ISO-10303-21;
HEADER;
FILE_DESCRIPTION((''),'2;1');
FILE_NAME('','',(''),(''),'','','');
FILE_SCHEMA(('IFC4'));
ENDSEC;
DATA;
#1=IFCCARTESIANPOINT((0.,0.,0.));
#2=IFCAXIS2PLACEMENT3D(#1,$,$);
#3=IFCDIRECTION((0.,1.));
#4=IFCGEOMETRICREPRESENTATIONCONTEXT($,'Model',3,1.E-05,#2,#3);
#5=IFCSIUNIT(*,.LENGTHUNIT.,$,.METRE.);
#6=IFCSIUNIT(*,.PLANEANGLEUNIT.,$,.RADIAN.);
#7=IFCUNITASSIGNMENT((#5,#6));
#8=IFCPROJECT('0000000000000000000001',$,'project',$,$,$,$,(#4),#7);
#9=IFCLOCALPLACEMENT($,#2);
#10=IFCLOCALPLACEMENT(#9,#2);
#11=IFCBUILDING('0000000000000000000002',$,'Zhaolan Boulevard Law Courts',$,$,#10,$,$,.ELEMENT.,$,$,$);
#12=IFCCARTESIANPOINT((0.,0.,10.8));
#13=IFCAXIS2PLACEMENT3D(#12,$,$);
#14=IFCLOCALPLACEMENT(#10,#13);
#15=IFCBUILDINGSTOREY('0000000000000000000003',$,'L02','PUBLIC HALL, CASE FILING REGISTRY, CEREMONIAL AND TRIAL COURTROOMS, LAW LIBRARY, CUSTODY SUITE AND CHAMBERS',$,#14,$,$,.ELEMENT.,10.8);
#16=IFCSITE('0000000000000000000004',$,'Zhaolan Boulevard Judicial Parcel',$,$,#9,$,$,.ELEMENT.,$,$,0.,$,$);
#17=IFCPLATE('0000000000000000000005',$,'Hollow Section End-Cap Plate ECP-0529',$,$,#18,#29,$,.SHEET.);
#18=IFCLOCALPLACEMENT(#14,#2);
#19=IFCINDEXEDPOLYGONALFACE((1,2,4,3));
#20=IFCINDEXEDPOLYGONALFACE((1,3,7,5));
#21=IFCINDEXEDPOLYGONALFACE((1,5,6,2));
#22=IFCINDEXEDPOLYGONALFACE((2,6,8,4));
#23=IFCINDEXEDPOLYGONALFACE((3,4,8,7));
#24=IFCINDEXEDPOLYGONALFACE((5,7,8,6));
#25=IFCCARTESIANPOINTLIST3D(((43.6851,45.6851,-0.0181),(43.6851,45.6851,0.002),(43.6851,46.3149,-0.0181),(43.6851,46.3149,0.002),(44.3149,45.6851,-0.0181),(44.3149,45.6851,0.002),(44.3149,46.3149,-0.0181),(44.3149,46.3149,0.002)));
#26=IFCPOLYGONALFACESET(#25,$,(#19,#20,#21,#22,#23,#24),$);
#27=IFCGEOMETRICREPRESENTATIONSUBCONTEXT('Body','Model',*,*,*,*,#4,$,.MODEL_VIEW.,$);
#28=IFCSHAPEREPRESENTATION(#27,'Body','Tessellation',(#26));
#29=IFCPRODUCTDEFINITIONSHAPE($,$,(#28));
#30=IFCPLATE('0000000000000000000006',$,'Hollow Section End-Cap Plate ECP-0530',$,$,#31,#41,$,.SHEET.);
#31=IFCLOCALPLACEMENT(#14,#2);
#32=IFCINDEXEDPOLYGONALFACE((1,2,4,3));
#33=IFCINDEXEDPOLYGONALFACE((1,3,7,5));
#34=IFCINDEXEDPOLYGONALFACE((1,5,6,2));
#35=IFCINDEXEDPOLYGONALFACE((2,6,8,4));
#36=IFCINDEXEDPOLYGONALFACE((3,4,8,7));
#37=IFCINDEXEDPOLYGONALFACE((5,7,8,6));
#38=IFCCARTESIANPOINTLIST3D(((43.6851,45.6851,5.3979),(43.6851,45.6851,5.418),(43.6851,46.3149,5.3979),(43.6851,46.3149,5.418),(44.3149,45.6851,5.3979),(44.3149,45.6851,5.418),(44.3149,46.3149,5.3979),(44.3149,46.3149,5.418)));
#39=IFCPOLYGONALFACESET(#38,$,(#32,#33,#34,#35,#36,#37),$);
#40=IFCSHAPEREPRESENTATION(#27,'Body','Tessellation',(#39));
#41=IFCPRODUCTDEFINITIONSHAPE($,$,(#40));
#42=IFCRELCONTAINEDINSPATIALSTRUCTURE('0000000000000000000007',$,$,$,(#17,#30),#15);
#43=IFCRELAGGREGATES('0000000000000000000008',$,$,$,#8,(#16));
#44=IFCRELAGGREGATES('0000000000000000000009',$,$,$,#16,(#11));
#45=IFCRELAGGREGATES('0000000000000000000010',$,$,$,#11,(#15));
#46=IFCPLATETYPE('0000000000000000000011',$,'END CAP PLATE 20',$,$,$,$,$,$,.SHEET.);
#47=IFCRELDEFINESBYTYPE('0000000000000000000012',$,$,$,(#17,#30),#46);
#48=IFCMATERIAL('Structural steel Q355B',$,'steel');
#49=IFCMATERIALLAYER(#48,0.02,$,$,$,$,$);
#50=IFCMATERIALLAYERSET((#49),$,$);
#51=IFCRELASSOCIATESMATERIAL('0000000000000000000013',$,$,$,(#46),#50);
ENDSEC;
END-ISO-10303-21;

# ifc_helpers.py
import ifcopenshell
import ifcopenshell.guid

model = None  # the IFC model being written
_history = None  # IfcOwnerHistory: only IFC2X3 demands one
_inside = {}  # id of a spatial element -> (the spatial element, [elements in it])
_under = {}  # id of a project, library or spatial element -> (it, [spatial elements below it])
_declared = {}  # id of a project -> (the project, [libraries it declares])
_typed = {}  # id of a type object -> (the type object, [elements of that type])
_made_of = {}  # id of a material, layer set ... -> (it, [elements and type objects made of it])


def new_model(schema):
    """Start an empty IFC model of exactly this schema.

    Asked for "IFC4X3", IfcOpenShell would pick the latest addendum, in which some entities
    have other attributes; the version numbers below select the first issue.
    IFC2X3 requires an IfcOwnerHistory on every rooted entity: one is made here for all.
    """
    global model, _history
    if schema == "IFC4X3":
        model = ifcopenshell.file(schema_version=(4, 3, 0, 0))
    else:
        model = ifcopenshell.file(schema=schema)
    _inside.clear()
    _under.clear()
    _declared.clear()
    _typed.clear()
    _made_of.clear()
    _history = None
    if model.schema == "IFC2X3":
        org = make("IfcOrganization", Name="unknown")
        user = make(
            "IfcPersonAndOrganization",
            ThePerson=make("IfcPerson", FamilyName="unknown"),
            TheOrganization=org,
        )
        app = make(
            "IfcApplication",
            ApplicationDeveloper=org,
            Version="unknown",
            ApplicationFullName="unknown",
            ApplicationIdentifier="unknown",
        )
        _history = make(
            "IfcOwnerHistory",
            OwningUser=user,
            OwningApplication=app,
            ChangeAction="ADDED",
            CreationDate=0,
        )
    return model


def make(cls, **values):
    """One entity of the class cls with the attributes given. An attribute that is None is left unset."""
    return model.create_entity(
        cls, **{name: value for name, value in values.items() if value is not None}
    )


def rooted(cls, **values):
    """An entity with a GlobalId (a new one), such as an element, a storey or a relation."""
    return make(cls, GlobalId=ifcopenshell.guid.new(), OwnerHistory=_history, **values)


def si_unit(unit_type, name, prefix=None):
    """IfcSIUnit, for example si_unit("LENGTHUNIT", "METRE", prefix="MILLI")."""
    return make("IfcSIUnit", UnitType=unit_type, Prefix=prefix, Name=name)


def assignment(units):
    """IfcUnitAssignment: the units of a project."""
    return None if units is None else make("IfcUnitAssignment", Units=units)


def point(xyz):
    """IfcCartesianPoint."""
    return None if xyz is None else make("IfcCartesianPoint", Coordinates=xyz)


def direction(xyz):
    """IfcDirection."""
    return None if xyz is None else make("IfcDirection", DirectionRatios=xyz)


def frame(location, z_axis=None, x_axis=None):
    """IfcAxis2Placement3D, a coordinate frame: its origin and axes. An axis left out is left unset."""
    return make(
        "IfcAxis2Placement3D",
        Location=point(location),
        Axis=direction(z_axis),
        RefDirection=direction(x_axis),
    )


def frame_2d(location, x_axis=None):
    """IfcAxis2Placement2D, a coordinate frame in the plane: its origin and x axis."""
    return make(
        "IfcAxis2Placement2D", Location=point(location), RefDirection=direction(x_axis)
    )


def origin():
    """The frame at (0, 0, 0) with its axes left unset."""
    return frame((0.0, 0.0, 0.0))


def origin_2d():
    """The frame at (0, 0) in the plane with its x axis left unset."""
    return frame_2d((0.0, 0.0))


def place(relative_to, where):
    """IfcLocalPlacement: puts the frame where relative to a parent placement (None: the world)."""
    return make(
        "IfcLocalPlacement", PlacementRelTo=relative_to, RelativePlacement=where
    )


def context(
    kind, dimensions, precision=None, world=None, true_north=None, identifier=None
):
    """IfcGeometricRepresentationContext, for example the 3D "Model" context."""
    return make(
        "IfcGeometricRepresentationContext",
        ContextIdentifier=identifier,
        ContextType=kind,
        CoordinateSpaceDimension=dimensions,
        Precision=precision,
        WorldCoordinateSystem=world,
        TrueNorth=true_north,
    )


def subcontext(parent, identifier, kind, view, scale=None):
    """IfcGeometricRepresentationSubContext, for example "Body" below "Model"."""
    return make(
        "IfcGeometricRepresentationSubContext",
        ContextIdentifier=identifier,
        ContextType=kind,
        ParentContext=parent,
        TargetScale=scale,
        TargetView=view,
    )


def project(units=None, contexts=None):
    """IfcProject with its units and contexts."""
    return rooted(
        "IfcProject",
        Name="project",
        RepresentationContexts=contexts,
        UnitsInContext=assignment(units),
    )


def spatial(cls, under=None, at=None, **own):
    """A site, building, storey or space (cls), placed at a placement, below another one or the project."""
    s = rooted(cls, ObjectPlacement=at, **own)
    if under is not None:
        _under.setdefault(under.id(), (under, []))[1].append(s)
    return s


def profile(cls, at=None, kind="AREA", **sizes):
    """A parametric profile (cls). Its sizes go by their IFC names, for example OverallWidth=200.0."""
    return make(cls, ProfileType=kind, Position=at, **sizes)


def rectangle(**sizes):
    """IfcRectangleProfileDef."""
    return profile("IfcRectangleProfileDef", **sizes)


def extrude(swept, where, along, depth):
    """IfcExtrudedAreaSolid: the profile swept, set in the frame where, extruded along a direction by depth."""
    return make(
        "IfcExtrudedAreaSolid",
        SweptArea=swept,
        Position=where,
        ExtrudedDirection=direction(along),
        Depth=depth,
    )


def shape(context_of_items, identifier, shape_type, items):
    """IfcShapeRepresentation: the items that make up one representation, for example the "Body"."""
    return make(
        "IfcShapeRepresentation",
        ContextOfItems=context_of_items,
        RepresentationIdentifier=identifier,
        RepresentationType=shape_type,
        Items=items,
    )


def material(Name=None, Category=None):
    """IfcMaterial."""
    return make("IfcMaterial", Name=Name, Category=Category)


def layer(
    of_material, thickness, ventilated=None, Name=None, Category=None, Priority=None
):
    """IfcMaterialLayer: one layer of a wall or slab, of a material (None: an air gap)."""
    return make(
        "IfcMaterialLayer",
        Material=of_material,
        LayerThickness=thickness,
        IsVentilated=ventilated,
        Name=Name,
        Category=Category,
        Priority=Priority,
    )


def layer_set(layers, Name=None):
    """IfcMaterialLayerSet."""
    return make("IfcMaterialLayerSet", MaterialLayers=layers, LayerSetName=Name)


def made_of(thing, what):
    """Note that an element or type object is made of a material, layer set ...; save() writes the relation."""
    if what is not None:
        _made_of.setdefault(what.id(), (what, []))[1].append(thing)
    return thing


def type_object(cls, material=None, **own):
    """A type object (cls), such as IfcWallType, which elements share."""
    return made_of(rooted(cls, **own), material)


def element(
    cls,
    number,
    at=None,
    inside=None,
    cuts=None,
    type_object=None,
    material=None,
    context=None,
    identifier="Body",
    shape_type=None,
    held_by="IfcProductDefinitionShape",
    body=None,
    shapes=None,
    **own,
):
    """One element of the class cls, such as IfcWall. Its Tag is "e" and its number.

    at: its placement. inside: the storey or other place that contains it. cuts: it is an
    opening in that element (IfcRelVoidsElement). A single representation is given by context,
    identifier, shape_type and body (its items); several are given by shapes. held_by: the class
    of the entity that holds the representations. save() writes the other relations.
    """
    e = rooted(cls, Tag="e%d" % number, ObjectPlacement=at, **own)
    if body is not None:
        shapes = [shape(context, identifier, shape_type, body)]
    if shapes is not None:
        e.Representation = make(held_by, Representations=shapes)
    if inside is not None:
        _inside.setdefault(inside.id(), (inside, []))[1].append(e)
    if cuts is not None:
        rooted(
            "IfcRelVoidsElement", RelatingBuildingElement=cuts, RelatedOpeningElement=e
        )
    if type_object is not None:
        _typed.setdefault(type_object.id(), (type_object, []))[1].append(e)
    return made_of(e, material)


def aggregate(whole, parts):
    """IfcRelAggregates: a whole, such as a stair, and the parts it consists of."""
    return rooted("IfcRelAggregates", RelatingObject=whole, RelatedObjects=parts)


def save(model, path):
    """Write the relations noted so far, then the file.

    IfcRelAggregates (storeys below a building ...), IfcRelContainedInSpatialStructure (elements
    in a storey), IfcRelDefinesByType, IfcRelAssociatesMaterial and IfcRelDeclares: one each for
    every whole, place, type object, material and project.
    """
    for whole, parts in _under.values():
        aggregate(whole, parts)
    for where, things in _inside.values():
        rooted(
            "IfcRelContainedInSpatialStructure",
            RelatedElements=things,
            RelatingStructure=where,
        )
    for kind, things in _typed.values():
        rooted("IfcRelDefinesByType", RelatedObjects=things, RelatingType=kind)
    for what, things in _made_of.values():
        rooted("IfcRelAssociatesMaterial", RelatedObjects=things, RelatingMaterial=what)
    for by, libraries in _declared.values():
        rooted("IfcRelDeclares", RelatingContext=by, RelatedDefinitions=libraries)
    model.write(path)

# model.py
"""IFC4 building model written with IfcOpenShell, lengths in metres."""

from ifc_helpers import new_model, si_unit, direction, frame, origin, origin_2d, place, context, subcontext, project, spatial, rectangle, extrude, material, layer, layer_set, type_object, element, save


model = new_model("IFC4")

# Units and contexts
model_context = context("Model", 3, precision=1e-05, world=origin(), true_north=direction((0.0, 1.0)))
body_context = subcontext(model_context, "Body", "Model", "MODEL_VIEW")
ifc_project = project(units=[si_unit("LENGTHUNIT", "METRE"), si_unit("PLANEANGLEUNIT", "RADIAN")], contexts=[model_context])

# Site, building, storey
site_placement = place(None, origin())
site = spatial("IfcSite", under=ifc_project, at=site_placement, Name="Zhaolan Boulevard Judicial Parcel", CompositionType="ELEMENT", RefElevation=0.0)
building_placement = place(site_placement, origin())
building = spatial("IfcBuilding", under=site, at=building_placement, Name="Zhaolan Boulevard Law Courts", CompositionType="ELEMENT")
storey_placement = place(building_placement, frame((0.0, 0.0, 10.8)))
storey = spatial("IfcBuildingStorey", under=building, at=storey_placement, Name="L02", Description="PUBLIC HALL, CASE FILING REGISTRY, CEREMONIAL AND TRIAL COURTROOMS, LAW LIBRARY, CUSTODY SUITE AND CHAMBERS", CompositionType="ELEMENT", Elevation=10.8)

# Plates
ifc_material_1 = material(Name="Structural steel Q355B", Category="steel")
ifc_layer_1 = layer(ifc_material_1, 0.02)
ifc_layer_set_1 = layer_set([ifc_layer_1])
plate_type_1 = type_object("IfcPlateType", Name="END CAP PLATE 20", PredefinedType="SHEET", material=ifc_layer_set_1)
for number, where, z_axis, x_axis, name in (
    (1, (44.0, 46.0, -0.0181), (0.0, 0.0, 1.0), (1.0, 0.0, 0.0), "Hollow Section End-Cap Plate ECP-0529"),
    (2, (44.0, 46.0, 5.3979), (0.0, 0.0, 1.0), (1.0, 0.0, 0.0), "Hollow Section End-Cap Plate ECP-0530"),
):
    element("IfcPlate", number, at=place(storey_placement, frame(where, z_axis=z_axis, x_axis=x_axis)), inside=storey, type_object=plate_type_1, Name=name, PredefinedType="SHEET", context=body_context, shape_type="SweptSolid", body=[
        extrude(rectangle(XDim=0.6299, YDim=0.6299, at=origin_2d()), origin(), (0.0, 0.0, 1.0), 0.02),
    ])

save(model, "model.ifc")
